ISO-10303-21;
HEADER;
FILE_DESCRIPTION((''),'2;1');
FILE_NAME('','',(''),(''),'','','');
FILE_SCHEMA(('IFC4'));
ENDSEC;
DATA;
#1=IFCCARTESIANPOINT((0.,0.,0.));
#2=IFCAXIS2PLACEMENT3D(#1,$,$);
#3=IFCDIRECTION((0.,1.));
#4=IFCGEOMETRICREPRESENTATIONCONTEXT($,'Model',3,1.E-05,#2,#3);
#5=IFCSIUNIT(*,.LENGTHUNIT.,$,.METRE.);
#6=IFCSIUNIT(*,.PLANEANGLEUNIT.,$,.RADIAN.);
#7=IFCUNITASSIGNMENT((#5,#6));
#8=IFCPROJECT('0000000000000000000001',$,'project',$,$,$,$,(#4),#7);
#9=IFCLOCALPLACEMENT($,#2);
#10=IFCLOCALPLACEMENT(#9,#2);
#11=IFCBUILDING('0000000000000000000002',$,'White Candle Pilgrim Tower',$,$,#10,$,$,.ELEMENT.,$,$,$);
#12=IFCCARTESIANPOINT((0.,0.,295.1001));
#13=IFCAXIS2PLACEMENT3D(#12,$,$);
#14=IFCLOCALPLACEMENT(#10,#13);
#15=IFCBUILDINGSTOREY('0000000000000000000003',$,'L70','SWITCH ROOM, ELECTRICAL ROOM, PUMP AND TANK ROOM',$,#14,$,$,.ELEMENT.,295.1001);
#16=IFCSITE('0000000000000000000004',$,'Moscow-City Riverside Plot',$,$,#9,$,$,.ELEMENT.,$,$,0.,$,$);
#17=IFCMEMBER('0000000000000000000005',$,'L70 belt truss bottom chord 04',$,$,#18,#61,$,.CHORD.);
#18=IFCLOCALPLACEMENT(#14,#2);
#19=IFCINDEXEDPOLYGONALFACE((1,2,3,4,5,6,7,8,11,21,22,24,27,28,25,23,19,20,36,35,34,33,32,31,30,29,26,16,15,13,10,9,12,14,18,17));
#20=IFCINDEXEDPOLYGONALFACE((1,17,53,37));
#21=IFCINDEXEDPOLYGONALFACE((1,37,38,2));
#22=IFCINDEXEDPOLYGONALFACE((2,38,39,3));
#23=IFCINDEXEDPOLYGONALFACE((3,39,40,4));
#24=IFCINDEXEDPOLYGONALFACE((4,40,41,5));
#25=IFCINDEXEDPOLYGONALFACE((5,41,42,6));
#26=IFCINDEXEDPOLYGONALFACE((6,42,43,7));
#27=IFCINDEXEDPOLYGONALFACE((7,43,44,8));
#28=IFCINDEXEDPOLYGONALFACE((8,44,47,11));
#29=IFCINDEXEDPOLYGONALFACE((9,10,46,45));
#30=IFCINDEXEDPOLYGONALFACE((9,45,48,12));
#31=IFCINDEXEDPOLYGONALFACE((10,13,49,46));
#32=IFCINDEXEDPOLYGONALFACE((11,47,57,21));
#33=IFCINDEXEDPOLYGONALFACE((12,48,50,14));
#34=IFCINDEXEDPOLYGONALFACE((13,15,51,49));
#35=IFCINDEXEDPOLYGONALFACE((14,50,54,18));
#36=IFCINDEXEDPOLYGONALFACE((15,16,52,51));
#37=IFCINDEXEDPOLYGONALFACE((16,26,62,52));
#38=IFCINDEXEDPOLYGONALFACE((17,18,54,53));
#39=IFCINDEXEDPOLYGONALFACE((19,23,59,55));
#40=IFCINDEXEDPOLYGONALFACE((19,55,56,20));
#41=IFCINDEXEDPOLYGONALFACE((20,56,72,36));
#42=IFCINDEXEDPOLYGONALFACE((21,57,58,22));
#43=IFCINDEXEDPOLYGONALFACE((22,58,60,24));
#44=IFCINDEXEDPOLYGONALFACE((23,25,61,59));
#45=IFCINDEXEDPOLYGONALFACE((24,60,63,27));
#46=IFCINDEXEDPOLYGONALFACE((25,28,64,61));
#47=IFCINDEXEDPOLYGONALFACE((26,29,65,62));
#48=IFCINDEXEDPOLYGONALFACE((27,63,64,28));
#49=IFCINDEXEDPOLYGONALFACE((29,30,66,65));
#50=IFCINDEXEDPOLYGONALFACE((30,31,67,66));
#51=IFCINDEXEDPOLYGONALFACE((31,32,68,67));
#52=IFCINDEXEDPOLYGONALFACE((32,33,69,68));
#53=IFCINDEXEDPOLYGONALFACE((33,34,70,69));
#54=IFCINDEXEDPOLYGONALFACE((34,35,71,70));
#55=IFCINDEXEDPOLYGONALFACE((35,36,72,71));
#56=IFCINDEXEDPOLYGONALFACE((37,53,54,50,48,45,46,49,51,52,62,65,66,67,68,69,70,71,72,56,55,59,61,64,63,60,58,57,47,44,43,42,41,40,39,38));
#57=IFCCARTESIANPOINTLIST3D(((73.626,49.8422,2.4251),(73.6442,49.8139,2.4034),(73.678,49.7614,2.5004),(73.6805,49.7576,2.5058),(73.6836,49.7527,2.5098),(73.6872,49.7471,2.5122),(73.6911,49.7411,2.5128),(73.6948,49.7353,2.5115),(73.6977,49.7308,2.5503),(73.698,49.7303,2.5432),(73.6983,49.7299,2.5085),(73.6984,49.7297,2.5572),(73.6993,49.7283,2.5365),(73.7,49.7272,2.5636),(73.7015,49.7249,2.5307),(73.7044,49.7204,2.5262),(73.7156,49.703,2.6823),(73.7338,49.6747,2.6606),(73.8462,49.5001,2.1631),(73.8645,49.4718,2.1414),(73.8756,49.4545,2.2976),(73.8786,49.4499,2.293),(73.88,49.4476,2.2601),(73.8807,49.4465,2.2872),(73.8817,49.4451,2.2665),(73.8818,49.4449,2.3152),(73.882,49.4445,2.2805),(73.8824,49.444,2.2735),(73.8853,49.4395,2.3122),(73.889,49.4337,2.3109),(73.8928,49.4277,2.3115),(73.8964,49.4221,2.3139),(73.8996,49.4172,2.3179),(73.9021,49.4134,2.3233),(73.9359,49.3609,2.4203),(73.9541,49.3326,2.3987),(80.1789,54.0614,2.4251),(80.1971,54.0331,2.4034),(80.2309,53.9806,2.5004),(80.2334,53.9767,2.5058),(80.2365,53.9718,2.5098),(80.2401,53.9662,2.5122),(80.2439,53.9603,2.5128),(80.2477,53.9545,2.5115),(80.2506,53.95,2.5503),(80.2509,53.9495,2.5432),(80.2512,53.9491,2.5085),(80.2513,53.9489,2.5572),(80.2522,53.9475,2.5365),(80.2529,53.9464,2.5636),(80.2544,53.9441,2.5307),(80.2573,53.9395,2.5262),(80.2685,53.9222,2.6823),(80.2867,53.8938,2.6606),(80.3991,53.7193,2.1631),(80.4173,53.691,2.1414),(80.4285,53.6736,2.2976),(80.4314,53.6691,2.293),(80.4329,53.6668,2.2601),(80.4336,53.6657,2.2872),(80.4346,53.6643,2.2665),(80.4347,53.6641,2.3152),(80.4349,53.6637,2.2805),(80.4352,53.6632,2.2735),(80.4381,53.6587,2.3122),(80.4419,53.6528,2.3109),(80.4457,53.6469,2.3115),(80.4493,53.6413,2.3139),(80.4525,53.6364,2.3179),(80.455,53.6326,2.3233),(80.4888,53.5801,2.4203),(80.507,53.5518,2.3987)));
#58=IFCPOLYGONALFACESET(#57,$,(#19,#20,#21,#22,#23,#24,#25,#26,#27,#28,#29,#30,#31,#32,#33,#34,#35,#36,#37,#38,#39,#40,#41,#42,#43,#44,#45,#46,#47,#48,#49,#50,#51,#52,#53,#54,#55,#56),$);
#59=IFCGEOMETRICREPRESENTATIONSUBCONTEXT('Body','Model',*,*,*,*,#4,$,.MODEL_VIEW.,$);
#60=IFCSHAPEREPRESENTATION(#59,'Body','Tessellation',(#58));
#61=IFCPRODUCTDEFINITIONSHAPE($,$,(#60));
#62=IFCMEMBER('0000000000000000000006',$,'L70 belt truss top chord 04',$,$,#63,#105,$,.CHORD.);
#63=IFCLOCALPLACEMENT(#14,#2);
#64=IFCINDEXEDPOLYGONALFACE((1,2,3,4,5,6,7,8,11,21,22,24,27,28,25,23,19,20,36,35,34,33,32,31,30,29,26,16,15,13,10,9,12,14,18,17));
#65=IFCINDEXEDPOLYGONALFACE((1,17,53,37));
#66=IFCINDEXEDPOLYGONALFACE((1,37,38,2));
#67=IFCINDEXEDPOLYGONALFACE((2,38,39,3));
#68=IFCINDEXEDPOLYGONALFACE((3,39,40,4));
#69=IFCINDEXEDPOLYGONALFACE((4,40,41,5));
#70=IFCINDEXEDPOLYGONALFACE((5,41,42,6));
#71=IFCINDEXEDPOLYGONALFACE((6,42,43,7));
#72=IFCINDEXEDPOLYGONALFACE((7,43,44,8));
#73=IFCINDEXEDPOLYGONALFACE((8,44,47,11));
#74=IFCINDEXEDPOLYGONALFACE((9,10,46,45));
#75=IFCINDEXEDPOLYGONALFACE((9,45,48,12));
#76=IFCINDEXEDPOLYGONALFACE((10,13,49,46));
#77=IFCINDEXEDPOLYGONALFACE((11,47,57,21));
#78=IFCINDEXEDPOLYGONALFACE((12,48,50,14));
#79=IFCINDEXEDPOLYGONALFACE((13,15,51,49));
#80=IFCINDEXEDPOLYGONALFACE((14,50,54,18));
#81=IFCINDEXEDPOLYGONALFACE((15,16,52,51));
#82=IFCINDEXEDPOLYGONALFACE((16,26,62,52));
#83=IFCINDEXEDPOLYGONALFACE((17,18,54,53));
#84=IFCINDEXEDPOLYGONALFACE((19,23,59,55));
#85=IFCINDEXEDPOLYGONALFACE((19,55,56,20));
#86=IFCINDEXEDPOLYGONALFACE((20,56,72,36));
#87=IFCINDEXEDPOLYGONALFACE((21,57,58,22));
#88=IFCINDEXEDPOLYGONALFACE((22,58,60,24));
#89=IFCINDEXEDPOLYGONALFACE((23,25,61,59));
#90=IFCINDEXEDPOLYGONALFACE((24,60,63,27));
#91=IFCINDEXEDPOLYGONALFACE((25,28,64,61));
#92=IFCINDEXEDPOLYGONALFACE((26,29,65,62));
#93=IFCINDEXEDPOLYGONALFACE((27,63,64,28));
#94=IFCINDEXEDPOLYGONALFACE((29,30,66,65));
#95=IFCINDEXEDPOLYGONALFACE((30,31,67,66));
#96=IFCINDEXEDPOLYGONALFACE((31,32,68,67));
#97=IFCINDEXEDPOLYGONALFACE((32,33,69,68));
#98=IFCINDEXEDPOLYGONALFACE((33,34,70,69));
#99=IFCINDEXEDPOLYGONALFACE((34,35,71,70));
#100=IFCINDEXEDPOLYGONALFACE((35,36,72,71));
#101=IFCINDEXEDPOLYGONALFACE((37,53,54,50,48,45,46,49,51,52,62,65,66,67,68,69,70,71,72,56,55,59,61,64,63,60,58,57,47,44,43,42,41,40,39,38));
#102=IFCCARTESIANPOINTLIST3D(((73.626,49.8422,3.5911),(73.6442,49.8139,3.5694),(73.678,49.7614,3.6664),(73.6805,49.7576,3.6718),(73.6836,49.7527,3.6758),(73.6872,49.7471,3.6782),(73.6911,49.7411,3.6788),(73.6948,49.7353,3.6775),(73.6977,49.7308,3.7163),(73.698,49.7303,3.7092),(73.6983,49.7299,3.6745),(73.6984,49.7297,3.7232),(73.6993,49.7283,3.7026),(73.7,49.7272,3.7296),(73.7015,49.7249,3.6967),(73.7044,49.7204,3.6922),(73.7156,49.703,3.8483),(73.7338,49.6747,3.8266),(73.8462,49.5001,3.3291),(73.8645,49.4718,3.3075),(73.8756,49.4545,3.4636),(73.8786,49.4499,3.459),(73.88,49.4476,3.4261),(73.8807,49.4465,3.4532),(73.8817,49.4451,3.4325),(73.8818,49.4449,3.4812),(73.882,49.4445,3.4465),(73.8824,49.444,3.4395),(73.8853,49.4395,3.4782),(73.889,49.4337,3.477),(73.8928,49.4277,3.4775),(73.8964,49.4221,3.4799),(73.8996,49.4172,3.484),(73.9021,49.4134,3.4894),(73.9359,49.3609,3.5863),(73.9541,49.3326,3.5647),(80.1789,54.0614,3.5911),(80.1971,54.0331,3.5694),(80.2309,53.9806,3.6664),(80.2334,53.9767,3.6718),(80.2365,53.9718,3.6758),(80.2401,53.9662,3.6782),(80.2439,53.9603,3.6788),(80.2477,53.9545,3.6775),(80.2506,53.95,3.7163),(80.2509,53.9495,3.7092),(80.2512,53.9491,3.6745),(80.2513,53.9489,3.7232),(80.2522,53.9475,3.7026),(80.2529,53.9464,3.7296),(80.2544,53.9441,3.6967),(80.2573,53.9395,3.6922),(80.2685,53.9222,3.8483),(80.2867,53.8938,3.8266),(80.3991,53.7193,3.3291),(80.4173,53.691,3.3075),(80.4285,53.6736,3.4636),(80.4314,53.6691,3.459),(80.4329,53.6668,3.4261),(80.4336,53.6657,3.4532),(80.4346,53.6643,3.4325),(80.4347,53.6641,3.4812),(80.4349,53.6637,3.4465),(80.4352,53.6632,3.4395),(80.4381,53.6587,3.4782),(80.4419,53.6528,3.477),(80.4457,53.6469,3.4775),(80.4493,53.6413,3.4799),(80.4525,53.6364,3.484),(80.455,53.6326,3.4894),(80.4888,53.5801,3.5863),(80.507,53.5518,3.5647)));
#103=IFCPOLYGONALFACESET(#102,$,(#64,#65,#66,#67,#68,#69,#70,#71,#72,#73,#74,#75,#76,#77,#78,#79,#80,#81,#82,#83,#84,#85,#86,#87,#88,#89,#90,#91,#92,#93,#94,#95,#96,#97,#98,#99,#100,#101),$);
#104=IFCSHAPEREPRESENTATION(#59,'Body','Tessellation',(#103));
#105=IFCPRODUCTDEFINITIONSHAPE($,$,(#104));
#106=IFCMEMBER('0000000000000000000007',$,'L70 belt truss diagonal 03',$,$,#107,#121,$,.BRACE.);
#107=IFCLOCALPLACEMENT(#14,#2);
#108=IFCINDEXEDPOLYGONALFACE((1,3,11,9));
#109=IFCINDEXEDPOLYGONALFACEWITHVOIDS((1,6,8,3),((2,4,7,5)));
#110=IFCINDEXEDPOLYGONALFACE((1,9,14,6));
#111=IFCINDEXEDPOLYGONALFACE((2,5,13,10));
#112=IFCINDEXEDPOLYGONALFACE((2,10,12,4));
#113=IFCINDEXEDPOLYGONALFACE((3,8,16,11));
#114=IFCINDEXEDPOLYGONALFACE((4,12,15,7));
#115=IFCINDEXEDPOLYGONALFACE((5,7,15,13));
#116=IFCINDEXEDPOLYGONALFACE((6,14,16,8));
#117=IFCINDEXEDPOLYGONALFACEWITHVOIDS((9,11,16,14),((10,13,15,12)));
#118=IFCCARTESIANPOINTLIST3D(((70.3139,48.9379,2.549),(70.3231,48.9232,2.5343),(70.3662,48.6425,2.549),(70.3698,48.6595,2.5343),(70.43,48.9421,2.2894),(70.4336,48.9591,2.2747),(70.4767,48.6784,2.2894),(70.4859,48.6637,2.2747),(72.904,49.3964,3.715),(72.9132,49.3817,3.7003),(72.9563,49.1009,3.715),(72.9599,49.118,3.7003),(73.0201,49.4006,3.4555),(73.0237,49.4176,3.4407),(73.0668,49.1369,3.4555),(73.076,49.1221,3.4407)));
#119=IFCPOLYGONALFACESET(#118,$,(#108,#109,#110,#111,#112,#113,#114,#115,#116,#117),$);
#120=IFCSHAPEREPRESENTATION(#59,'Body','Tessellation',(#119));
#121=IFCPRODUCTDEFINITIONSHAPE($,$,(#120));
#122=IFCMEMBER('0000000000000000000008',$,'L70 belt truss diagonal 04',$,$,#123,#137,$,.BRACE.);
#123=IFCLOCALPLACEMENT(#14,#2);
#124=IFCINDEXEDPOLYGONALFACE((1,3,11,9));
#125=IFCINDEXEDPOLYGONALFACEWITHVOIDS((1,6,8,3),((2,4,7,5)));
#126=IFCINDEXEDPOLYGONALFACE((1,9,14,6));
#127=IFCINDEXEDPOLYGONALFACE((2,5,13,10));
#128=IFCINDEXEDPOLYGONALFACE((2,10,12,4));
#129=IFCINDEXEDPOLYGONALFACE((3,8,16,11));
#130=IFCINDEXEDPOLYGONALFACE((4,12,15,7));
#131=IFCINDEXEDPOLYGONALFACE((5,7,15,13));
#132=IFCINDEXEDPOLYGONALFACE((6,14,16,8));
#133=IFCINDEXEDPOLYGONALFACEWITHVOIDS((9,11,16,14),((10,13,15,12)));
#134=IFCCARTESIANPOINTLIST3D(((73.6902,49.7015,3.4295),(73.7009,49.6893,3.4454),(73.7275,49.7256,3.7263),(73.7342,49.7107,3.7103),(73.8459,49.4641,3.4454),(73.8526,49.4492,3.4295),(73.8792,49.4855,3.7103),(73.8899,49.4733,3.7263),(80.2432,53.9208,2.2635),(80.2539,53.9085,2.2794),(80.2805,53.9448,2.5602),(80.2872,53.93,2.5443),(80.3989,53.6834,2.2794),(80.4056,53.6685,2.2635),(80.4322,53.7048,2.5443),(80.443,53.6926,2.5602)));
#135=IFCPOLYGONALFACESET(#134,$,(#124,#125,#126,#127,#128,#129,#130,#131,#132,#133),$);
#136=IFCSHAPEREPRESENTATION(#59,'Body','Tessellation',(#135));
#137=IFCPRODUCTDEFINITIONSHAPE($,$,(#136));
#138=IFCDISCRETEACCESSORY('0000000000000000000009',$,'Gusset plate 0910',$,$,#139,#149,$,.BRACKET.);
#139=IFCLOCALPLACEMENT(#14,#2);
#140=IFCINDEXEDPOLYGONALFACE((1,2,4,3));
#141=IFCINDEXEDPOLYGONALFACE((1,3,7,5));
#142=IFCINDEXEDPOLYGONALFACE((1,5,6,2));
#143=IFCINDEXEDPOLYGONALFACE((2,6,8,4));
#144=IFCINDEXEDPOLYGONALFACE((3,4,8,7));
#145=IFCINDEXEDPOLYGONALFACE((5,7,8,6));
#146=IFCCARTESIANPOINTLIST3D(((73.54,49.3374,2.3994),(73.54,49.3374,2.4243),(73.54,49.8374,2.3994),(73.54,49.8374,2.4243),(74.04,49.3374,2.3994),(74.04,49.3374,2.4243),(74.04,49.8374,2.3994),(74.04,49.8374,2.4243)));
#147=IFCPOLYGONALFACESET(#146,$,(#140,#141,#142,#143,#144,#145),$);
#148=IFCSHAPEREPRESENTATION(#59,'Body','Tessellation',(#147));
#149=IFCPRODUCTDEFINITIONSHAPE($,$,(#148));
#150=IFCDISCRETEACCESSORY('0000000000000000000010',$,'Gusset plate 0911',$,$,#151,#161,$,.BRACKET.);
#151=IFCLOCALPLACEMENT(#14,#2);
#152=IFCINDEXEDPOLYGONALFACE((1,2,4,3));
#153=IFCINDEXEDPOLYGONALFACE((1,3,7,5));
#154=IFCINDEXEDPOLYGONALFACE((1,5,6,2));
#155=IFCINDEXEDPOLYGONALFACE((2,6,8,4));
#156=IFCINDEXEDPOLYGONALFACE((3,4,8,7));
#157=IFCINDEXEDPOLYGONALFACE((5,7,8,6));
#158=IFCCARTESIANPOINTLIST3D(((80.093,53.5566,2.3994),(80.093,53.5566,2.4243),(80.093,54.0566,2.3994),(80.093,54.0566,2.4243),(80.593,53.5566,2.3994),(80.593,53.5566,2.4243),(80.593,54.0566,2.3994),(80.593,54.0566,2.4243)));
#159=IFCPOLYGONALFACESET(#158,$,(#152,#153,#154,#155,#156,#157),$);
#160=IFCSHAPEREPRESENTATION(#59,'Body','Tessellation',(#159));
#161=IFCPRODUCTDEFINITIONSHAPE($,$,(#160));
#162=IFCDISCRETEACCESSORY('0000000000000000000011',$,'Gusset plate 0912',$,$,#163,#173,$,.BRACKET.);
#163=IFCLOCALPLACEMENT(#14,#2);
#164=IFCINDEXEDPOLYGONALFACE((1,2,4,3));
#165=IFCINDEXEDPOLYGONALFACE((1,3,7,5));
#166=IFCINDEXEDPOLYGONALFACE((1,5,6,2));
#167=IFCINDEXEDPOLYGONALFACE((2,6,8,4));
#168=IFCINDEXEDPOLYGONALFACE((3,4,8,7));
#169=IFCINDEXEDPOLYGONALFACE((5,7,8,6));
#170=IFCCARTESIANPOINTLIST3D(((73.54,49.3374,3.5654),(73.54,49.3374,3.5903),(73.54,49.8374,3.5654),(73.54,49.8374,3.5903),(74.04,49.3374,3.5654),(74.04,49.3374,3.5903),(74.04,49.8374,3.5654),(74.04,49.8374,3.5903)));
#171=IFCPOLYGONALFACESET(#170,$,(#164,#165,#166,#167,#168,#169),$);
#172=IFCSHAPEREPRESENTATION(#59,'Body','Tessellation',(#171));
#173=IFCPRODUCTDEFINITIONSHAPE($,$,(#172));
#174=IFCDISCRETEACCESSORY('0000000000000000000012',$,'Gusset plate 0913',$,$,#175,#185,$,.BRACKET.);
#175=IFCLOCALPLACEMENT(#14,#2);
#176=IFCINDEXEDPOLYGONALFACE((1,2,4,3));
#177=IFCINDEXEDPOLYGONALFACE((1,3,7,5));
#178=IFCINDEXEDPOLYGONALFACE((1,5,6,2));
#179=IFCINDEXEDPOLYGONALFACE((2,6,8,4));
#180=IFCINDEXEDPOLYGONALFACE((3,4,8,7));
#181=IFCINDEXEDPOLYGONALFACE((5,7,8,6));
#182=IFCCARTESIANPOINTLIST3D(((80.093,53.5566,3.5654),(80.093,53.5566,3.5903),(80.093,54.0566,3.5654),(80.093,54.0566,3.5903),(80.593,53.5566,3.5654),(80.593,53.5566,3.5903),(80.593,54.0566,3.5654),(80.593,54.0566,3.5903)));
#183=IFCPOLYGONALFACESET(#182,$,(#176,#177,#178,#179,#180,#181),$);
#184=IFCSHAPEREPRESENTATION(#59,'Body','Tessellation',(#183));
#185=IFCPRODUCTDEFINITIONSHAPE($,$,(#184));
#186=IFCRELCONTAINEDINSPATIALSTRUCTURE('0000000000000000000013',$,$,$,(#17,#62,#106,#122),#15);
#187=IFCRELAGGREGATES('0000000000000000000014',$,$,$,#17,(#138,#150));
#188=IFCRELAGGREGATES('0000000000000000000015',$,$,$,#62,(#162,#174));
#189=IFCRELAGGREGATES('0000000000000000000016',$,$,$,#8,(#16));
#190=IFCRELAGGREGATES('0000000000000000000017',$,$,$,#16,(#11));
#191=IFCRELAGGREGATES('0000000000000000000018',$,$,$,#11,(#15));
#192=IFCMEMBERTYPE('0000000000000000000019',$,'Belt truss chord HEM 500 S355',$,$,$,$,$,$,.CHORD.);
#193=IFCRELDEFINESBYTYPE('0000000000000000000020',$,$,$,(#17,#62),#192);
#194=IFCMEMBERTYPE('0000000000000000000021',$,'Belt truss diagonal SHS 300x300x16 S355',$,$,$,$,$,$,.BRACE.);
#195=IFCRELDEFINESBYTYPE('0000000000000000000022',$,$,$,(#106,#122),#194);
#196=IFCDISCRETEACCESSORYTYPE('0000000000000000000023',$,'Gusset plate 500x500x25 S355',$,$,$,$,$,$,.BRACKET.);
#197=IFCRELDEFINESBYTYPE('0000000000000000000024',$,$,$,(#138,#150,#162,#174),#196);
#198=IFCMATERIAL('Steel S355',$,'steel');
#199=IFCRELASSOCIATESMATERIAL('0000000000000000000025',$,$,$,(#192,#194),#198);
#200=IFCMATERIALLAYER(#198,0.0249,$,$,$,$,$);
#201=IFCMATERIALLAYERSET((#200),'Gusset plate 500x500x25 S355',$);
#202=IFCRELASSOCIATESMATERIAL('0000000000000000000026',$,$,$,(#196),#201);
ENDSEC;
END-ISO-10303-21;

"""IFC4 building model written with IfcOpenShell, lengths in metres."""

from ifc_helpers import new_model, si_unit, direction, frame, origin, origin_2d, place, context, subcontext, project, spatial, rectangle, hollow_rectangle, i_section, extrude, material, layer, layer_set, material_profile, profile_set, type_object, element, aggregate, save


model = new_model("IFC4")

# Units and contexts
model_context = context("Model", 3, precision=1e-05, world=origin(), true_north=direction((0.0, 1.0)))
body_context = subcontext(model_context, "Body", "Model", "MODEL_VIEW")
ifc_project = project(units=[si_unit("LENGTHUNIT", "METRE"), si_unit("PLANEANGLEUNIT", "RADIAN")], contexts=[model_context])

# Site, building, storey
site_placement = place(None, origin())
site = spatial("IfcSite", under=ifc_project, at=site_placement, Name="Moscow-City Riverside Plot", CompositionType="ELEMENT", RefElevation=0.0)
building_placement = place(site_placement, origin())
building = spatial("IfcBuilding", under=site, at=building_placement, Name="White Candle Pilgrim Tower", CompositionType="ELEMENT")
storey_placement = place(building_placement, frame((0.0, 0.0, 295.1001)))
storey = spatial("IfcBuildingStorey", under=building, at=storey_placement, Name="L70", Description="SWITCH ROOM, ELECTRICAL ROOM, PUMP AND TANK ROOM", CompositionType="ELEMENT", Elevation=295.1001)

# Members
ifc_material_1 = material(Name="Steel S355", Category="steel")
ifc_material_profile_1 = material_profile(ifc_material_1, i_section(OverallWidth=0.3059, OverallDepth=0.5239, WebThickness=0.021, FlangeThickness=0.04, FilletRadius=0.0271, at=origin_2d()), Name="HEM 500")
ifc_profile_set_1 = profile_set([ifc_material_profile_1], Name="Steel S355")
member_type_1 = type_object("IfcMemberType", Name="Belt truss chord HEM 500 S355", PredefinedType="CHORD", material=ifc_profile_set_1)
member_1_placement = place(storey_placement, frame((73.79, 49.5874, 2.4119), z_axis=(0.840793, 0.541357, 0.0), x_axis=(0.29306, -0.455158, 0.840801)))
member_1 = element("IfcMember", 1, at=member_1_placement, inside=storey, type_object=member_type_1, Name="L70 belt truss bottom chord 04", PredefinedType="CHORD", context=body_context, shape_type="SweptSolid", body=[
    extrude(i_section(OverallWidth=0.3059, OverallDepth=0.5239, WebThickness=0.021, FlangeThickness=0.04, FilletRadius=0.0271, at=origin_2d()), origin(), (0.0, 0.0, 1.0), 7.7937),
])
member_2_placement = place(storey_placement, frame((73.79, 49.5874, 3.5779), z_axis=(0.840793, 0.541357, 0.0), x_axis=(0.29306, -0.455158, 0.840801)))
member_2 = element("IfcMember", 2, at=member_2_placement, inside=storey, type_object=member_type_1, Name="L70 belt truss top chord 04", PredefinedType="CHORD", context=body_context, shape_type="SweptSolid", body=[
    extrude(i_section(OverallWidth=0.3059, OverallDepth=0.5239, WebThickness=0.021, FlangeThickness=0.04, FilletRadius=0.0271, at=origin_2d()), origin(), (0.0, 0.0, 1.0), 7.7937),
])

# Members
ifc_material_profile_2 = material_profile(ifc_material_1, hollow_rectangle(XDim=0.3, YDim=0.3, WallThickness=0.0161, at=origin_2d()), Name="SHS 300x300x16")
ifc_profile_set_2 = profile_set([ifc_material_profile_2], Name="Steel S355")
member_type_2 = type_object("IfcMemberType", Name="Belt truss diagonal SHS 300x300x16 S355", PredefinedType="BRACE", material=ifc_profile_set_2)
member_3_placement = place(storey_placement, frame((70.3999, 48.8008, 2.4119), z_axis=(0.900207, 0.159354, 0.405258), x_axis=(-0.17431, 0.984691, 0.0)))
element("IfcMember", 3, at=member_3_placement, inside=storey, type_object=member_type_2, Name="L70 belt truss diagonal 03", PredefinedType="BRACE", context=body_context, shape_type="SweptSolid", body=[
    extrude(hollow_rectangle(XDim=0.3, YDim=0.3, WallThickness=0.0161, at=origin_2d()), origin(), (0.0, 0.0, 1.0), 2.8772),
])
member_4_placement = place(storey_placement, frame((73.79, 49.5874, 3.5779), z_axis=(0.831538, 0.535399, -0.147961), x_axis=(-0.541357, 0.840793, 0.0)))
element("IfcMember", 4, at=member_4_placement, inside=storey, type_object=member_type_2, Name="L70 belt truss diagonal 04", PredefinedType="BRACE", context=body_context, shape_type="SweptSolid", body=[
    extrude(hollow_rectangle(XDim=0.3, YDim=0.3, WallThickness=0.0161, at=origin_2d()), origin(), (0.0, 0.0, 1.0), 7.8806),
])

# Discrete accessories
ifc_layer_1 = layer(ifc_material_1, 0.0249)
ifc_layer_set_1 = layer_set([ifc_layer_1], Name="Gusset plate 500x500x25 S355")
discrete_accessory_type = type_object("IfcDiscreteAccessoryType", Name="Gusset plate 500x500x25 S355", PredefinedType="BRACKET", material=ifc_layer_set_1)
discrete_accessory_1_placement = place(storey_placement, frame((73.79, 49.5874, 2.3994), z_axis=(0.0, 0.0, 1.0), x_axis=(1.0, 0.0, 0.0)))
discrete_accessory_1 = element("IfcDiscreteAccessory", 5, at=discrete_accessory_1_placement, type_object=discrete_accessory_type, Name="Gusset plate 0910", PredefinedType="BRACKET", context=body_context, shape_type="SweptSolid", body=[
    extrude(rectangle(XDim=0.5, YDim=0.5, at=origin_2d()), origin(), (0.0, 0.0, 1.0), 0.0249),
])
discrete_accessory_2_placement = place(storey_placement, frame((80.343, 53.8066, 2.3994), z_axis=(0.0, 0.0, 1.0), x_axis=(1.0, 0.0, 0.0)))
discrete_accessory_2 = element("IfcDiscreteAccessory", 6, at=discrete_accessory_2_placement, type_object=discrete_accessory_type, Name="Gusset plate 0911", PredefinedType="BRACKET", context=body_context, shape_type="SweptSolid", body=[
    extrude(rectangle(XDim=0.5, YDim=0.5, at=origin_2d()), origin(), (0.0, 0.0, 1.0), 0.0249),
])
aggregate(member_1, [discrete_accessory_1, discrete_accessory_2])
discrete_accessory_3_placement = place(storey_placement, frame((73.79, 49.5874, 3.5654), z_axis=(0.0, 0.0, 1.0), x_axis=(1.0, 0.0, 0.0)))
discrete_accessory_3 = element("IfcDiscreteAccessory", 7, at=discrete_accessory_3_placement, type_object=discrete_accessory_type, Name="Gusset plate 0912", PredefinedType="BRACKET", context=body_context, shape_type="SweptSolid", body=[
    extrude(rectangle(XDim=0.5, YDim=0.5, at=origin_2d()), origin(), (0.0, 0.0, 1.0), 0.0249),
])
discrete_accessory_4_placement = place(storey_placement, frame((80.343, 53.8066, 3.5654), z_axis=(0.0, 0.0, 1.0), x_axis=(1.0, 0.0, 0.0)))
discrete_accessory_4 = element("IfcDiscreteAccessory", 8, at=discrete_accessory_4_placement, type_object=discrete_accessory_type, Name="Gusset plate 0913", PredefinedType="BRACKET", context=body_context, shape_type="SweptSolid", body=[
    extrude(rectangle(XDim=0.5, YDim=0.5, at=origin_2d()), origin(), (0.0, 0.0, 1.0), 0.0249),
])
aggregate(member_2, [discrete_accessory_3, discrete_accessory_4])

save(model, "model.ifc")
